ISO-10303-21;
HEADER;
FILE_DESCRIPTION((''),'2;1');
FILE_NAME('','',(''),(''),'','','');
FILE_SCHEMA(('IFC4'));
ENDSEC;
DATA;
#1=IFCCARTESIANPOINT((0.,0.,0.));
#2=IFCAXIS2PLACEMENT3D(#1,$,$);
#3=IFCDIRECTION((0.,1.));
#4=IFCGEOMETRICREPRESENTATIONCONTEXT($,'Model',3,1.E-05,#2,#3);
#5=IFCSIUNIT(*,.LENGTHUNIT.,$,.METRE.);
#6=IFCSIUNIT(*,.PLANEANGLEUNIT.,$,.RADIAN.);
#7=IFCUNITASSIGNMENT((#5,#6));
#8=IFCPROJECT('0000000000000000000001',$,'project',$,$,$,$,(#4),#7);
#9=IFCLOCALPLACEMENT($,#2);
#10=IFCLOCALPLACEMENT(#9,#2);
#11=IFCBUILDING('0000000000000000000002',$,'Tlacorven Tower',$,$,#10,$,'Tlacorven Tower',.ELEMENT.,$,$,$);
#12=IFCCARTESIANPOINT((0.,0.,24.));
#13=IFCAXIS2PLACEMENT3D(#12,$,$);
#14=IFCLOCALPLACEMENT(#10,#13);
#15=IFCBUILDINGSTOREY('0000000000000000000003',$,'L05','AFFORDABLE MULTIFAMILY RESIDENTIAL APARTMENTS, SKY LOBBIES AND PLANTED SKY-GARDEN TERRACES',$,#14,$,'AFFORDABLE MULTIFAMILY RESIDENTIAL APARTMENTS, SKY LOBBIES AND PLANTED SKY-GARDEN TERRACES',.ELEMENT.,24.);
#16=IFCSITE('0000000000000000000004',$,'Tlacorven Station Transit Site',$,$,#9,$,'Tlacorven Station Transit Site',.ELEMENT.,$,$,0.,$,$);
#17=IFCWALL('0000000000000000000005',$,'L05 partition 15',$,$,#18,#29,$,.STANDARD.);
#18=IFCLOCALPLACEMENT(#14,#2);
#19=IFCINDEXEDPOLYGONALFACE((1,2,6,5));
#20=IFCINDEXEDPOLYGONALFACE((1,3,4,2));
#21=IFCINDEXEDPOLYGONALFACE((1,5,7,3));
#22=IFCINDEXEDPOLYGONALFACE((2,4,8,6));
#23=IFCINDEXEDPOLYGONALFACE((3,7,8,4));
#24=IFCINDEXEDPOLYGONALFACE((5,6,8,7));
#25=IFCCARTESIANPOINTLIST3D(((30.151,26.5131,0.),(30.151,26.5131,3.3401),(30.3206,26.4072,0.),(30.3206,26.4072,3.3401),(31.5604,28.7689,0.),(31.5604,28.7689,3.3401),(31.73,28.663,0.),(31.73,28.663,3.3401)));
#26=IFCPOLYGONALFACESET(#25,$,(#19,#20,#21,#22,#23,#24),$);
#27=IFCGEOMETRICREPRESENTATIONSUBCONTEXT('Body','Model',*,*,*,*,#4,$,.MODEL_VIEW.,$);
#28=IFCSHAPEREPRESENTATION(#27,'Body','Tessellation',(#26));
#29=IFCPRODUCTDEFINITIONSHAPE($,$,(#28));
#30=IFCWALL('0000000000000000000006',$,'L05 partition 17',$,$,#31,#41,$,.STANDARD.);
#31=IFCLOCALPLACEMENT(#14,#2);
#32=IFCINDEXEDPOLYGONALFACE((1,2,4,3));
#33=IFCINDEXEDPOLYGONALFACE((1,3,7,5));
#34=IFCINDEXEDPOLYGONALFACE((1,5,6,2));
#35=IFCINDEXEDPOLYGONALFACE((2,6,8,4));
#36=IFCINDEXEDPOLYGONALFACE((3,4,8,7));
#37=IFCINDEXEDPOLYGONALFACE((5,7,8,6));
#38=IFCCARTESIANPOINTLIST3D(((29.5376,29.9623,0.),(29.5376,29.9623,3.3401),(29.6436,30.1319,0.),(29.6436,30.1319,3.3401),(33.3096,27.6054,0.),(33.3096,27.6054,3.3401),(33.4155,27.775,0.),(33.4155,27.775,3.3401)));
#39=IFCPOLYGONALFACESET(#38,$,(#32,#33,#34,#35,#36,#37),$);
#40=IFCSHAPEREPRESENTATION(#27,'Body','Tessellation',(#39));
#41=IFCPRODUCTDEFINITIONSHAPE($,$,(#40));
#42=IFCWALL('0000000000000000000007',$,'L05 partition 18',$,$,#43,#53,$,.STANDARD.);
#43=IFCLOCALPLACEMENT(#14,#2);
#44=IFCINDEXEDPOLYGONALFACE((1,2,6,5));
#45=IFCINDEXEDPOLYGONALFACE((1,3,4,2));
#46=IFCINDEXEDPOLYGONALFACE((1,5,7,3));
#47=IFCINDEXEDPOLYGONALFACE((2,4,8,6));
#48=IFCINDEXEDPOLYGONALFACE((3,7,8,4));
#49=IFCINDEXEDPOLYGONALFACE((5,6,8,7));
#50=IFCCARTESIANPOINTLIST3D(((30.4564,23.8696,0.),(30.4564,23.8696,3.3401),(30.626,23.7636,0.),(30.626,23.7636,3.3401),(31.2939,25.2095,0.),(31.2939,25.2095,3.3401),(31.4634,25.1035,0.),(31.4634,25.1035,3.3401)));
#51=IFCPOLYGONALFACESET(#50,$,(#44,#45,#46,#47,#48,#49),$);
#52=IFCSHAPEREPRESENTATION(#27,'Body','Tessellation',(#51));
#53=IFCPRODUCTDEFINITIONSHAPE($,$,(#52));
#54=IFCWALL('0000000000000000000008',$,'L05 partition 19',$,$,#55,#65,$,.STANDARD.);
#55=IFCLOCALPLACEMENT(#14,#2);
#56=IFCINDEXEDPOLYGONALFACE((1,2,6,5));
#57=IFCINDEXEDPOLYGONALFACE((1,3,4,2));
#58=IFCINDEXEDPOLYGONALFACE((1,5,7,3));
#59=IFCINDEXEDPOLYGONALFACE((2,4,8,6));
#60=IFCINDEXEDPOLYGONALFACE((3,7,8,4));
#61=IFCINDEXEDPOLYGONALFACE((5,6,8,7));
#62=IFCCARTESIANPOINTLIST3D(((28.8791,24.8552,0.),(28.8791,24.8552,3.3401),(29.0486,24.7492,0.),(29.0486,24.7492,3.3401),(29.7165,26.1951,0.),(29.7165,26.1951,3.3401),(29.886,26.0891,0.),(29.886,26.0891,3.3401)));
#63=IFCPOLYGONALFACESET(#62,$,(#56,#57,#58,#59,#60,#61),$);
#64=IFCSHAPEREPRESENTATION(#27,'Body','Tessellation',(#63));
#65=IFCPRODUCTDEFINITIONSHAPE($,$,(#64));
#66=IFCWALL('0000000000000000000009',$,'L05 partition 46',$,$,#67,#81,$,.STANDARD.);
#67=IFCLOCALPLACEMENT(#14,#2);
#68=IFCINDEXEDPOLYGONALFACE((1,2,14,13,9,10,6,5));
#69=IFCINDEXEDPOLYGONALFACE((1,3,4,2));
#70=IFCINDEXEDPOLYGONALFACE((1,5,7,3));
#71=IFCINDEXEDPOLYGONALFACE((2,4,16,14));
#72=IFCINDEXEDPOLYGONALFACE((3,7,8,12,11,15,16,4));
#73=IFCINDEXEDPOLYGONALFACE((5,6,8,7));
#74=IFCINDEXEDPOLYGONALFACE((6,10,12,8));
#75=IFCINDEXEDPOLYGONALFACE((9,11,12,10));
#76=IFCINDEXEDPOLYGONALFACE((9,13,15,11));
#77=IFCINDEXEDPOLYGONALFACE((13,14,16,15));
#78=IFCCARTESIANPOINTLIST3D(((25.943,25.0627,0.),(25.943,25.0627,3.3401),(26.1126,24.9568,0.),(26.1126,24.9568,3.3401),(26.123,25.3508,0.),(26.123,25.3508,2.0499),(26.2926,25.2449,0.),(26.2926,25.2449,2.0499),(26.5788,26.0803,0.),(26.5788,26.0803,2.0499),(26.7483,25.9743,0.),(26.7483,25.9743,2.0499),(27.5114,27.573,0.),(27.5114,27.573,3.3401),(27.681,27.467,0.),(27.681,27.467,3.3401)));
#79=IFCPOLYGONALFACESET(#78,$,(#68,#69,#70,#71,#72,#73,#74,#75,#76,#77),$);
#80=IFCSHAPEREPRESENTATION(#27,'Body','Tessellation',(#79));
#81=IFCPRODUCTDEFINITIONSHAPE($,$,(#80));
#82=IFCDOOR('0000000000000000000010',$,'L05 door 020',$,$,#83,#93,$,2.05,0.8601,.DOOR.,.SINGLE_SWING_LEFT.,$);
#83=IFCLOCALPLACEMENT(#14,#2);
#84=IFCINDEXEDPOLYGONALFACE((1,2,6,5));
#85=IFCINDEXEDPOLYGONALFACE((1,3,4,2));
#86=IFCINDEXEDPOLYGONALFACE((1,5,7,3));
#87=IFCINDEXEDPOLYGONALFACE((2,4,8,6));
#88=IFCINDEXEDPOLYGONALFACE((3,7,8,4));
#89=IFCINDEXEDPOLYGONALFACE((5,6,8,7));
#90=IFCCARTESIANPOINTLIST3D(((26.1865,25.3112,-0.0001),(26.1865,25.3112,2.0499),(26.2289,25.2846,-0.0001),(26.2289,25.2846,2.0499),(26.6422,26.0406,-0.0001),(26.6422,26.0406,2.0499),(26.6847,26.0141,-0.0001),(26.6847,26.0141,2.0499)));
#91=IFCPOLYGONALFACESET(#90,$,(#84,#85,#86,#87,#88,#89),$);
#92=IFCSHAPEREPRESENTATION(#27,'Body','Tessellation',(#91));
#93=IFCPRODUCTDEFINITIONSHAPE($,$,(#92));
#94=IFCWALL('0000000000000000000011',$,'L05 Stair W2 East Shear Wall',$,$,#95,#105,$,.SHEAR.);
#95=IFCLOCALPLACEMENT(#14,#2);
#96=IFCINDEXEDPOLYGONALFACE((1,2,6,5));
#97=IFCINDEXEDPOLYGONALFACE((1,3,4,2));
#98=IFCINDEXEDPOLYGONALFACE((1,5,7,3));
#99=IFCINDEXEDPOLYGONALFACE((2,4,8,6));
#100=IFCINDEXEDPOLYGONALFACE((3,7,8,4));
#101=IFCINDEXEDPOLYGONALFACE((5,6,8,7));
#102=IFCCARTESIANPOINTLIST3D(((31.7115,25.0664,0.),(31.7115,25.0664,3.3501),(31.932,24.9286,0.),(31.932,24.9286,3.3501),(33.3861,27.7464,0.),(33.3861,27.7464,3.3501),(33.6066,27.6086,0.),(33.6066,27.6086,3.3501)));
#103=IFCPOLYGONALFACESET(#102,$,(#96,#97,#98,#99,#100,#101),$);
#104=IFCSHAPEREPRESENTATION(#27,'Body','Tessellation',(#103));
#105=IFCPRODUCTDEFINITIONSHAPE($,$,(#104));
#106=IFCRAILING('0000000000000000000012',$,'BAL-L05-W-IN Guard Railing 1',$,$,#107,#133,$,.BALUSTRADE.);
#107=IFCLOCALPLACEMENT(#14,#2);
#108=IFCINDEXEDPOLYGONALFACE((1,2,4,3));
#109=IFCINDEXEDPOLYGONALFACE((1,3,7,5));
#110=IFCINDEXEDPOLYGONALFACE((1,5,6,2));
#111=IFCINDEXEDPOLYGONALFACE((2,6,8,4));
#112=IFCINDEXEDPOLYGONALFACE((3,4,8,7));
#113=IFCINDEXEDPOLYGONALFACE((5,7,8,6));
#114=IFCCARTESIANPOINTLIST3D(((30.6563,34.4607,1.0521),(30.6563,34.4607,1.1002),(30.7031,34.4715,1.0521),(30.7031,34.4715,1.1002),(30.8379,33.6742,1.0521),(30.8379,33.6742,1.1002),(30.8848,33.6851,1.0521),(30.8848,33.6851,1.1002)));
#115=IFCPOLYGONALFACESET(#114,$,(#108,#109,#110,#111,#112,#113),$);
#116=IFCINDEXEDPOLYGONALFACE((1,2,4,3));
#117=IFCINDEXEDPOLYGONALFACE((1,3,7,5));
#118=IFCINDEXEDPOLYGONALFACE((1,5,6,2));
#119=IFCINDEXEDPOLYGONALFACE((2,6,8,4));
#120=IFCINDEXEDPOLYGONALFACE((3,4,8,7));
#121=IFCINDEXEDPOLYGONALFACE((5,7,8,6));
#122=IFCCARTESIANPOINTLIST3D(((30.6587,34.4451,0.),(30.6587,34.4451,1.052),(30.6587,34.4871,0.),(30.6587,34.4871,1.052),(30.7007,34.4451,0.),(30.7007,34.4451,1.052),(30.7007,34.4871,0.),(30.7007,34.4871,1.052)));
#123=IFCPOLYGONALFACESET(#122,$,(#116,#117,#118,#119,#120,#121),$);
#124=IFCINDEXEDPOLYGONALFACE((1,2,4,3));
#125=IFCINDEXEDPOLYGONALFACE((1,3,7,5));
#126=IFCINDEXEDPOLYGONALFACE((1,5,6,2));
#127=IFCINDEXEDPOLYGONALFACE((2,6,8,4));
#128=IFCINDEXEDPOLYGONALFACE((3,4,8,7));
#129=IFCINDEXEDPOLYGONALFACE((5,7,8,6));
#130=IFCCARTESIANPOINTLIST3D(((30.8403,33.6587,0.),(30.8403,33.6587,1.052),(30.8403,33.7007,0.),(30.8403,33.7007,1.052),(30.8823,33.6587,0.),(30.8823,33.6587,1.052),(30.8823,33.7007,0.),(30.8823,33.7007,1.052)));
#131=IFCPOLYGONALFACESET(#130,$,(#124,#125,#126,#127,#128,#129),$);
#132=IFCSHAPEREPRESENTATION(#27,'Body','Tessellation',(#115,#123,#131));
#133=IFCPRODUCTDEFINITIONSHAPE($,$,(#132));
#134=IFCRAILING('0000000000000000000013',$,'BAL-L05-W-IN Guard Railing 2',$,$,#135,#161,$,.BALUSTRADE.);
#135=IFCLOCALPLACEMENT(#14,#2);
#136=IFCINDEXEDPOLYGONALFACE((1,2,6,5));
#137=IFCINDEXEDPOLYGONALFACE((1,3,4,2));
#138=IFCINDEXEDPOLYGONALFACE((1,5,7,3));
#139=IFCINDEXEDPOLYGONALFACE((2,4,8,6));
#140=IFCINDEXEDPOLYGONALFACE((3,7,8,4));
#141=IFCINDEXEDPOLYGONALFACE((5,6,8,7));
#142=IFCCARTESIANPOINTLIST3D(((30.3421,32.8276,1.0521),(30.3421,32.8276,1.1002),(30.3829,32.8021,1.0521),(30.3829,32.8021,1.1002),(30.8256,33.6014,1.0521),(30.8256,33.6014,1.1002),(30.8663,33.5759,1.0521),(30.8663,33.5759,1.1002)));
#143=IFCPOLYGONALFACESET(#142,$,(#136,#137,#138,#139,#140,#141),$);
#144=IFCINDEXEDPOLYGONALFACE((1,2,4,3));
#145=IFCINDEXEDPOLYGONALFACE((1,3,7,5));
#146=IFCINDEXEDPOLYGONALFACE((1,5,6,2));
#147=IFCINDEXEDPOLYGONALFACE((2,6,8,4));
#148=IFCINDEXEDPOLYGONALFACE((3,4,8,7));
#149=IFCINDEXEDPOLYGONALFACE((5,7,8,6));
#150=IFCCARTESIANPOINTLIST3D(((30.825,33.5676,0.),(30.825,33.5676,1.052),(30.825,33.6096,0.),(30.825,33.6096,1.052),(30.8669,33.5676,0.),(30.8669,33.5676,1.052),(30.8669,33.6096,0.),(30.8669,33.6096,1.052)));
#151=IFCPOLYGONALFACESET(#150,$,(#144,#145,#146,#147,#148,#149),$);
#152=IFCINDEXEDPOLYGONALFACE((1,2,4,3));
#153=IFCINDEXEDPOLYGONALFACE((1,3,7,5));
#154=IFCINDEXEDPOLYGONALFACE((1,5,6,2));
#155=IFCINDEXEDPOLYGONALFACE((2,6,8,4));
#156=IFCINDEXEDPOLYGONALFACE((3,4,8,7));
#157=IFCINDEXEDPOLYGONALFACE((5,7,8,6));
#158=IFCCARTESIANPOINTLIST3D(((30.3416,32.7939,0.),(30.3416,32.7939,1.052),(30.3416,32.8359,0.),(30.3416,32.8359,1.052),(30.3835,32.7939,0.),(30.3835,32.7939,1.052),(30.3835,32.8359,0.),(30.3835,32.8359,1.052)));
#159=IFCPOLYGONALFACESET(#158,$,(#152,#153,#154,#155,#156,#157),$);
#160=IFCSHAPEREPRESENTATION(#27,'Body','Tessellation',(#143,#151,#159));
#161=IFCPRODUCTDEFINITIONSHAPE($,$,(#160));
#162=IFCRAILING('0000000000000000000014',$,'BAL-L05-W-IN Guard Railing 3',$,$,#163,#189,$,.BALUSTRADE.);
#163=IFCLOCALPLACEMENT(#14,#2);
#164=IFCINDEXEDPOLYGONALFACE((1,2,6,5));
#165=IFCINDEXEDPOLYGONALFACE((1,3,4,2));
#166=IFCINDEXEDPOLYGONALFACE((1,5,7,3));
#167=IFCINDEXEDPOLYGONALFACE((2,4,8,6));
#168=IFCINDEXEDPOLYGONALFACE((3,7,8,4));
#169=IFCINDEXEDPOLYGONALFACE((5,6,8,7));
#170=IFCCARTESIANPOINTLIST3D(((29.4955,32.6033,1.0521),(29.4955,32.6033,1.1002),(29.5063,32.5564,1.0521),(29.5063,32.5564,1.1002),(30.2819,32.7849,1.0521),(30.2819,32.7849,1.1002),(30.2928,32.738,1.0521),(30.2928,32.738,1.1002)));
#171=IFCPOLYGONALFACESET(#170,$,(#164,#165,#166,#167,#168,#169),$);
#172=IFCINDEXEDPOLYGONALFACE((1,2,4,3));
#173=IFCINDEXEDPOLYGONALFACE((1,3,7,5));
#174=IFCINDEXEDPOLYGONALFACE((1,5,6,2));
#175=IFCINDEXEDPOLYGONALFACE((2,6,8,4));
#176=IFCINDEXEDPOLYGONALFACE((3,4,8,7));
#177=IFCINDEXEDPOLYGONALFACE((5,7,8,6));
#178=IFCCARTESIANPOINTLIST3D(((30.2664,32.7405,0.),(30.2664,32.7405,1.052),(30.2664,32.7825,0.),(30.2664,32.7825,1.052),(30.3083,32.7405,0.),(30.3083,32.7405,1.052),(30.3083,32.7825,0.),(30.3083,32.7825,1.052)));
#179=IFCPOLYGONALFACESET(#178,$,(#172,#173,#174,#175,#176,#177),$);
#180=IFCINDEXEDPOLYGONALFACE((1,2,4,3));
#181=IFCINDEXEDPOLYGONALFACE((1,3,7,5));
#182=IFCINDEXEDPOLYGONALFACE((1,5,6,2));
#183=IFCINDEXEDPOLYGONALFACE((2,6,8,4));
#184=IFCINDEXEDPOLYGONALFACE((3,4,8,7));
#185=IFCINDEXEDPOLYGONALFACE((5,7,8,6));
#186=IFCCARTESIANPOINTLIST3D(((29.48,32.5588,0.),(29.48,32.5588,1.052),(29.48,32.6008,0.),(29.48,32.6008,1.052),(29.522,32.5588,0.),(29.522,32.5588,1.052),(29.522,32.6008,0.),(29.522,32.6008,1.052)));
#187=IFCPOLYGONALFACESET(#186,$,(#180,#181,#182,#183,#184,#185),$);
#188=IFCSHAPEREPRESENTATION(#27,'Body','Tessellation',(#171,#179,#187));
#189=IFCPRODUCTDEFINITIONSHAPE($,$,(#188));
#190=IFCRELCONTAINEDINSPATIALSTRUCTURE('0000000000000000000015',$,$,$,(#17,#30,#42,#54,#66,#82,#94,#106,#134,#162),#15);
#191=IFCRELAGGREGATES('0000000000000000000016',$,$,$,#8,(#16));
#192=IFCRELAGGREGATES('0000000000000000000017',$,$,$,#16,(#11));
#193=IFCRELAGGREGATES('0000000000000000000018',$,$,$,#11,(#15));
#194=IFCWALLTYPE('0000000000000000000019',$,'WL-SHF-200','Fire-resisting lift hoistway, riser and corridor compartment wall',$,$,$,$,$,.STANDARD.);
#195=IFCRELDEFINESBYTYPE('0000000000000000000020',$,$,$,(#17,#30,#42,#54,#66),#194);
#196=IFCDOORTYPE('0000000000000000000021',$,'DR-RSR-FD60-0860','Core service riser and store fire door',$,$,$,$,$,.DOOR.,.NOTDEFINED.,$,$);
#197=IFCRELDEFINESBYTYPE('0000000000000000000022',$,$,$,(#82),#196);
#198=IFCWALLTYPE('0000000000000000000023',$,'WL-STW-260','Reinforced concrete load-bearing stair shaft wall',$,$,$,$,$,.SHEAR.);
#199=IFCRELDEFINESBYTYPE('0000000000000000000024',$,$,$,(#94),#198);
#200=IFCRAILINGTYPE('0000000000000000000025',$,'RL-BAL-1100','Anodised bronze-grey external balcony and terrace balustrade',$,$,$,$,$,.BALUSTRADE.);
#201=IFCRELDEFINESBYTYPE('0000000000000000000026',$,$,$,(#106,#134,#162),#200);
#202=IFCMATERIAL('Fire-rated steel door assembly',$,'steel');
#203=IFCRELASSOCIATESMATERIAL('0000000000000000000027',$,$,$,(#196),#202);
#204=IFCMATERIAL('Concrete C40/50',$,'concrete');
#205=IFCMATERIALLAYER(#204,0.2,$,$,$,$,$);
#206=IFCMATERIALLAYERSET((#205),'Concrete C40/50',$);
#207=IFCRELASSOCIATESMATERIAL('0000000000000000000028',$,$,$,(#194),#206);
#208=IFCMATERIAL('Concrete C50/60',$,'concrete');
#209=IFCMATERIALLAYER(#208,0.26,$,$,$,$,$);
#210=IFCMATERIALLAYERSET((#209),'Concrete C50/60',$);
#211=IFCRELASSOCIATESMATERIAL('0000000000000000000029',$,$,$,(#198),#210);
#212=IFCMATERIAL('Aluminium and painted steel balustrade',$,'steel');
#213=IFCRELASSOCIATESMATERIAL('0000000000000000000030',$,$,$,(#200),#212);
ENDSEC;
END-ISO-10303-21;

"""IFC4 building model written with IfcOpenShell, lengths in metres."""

from ifc_helpers import new_model, si_unit, direction, frame, frame_2d, origin, origin_2d, place, context, subcontext, project, spatial, rectangle, extrude, source, transform, mapped, material, layer, layer_set, type_object, element, fill, save


model = new_model("IFC4")

# Units and contexts
model_context = context("Model", 3, precision=1e-05, world=origin(), true_north=direction((0.0, 1.0)))
body_context = subcontext(model_context, "Body", "Model", "MODEL_VIEW")
ifc_project = project(units=[si_unit("LENGTHUNIT", "METRE"), si_unit("PLANEANGLEUNIT", "RADIAN")], contexts=[model_context])

# Site, building, storey
site_placement = place(None, origin())
site = spatial("IfcSite", under=ifc_project, at=site_placement, Name="Tlacorven Station Transit Site", LongName="Tlacorven Station Transit Site", CompositionType="ELEMENT", RefElevation=0.0)
building_placement = place(site_placement, origin())
building = spatial("IfcBuilding", under=site, at=building_placement, Name="Tlacorven Tower", LongName="Tlacorven Tower", CompositionType="ELEMENT")
storey_placement = place(building_placement, frame((0.0, 0.0, 24.0)))
storey = spatial("IfcBuildingStorey", under=building, at=storey_placement, Name="L05", Description="AFFORDABLE MULTIFAMILY RESIDENTIAL APARTMENTS, SKY LOBBIES AND PLANTED SKY-GARDEN TERRACES", LongName="AFFORDABLE MULTIFAMILY RESIDENTIAL APARTMENTS, SKY LOBBIES AND PLANTED SKY-GARDEN TERRACES", CompositionType="ELEMENT", Elevation=24.0)

# Shared definitions
ifc_material_1 = material(Name="Fire-rated steel door assembly", Category="steel")
door_type_1 = type_object("IfcDoorType", Name="DR-RSR-FD60-0860", Description="Core service riser and store fire door", OperationType="NOTDEFINED", PredefinedType="DOOR", material=ifc_material_1)
shared_shape_1 = source(origin(), body_context, "Body", "SweptSolid", [
    extrude(rectangle(XDim=0.8601, YDim=2.05, at=frame_2d((0.4302, 1.0249))), frame((0.0, 0.0249, 0.0), z_axis=(0.0, -1.0, 0.0), x_axis=(1.0, 0.0, 0.0)), (0.0, 0.0, 1.0), 0.05),
])

# Walls
ifc_material_2 = material(Name="Concrete C40/50", Category="concrete")
ifc_layer_1 = layer(ifc_material_2, 0.2)
ifc_layer_set_1 = layer_set([ifc_layer_1], Name="Concrete C40/50")
wall_type_1 = type_object("IfcWallType", Name="WL-SHF-200", Description="Fire-resisting lift hoistway, riser and corridor compartment wall", PredefinedType="STANDARD", material=ifc_layer_set_1)
wall_1_placement = place(storey_placement, frame((31.6453, 28.7161, 0.0), z_axis=(0.0, 0.0, 1.0), x_axis=(-0.529867, -0.848081, 0.0)))
element("IfcWall", 1, at=wall_1_placement, inside=storey, type_object=wall_type_1, Name="L05 partition 15", PredefinedType="STANDARD", context=body_context, shape_type="SweptSolid", body=[
    extrude(rectangle(XDim=2.6599, YDim=0.2, at=frame_2d((1.3301, 0.0))), origin(), (0.0, 0.0, 1.0), 3.3401),
])
wall_2_placement = place(storey_placement, frame((33.3625, 27.6902, 0.0), z_axis=(0.0, 0.0, 1.0), x_axis=(-0.848054, 0.52991, 0.0)))
element("IfcWall", 2, at=wall_2_placement, inside=storey, type_object=wall_type_1, Name="L05 partition 17", PredefinedType="STANDARD", context=body_context, shape_type="SweptSolid", body=[
    extrude(rectangle(XDim=4.4478, YDim=0.2, at=frame_2d((2.2239, 0.0))), origin(), (0.0, 0.0, 1.0), 3.3401),
])
for number, where, z_axis, x_axis, name in (
    (3, (31.3787, 25.1565, 0.0), (0.0, 0.0, 1.0), (-0.529999, -0.847998, 0.0), "L05 partition 18"),
    (4, (29.8013, 26.1421, 0.0), (0.0, 0.0, 1.0), (-0.529999, -0.847998, 0.0), "L05 partition 19"),
):
    element("IfcWall", number, at=place(storey_placement, frame(where, z_axis=z_axis, x_axis=x_axis)), inside=storey, type_object=wall_type_1, Name=name, PredefinedType="STANDARD", context=body_context, shape_type="SweptSolid", body=[
        extrude(rectangle(XDim=1.5801, YDim=0.2, at=frame_2d((0.79, 0.0))), origin(), (0.0, 0.0, 1.0), 3.3401),
    ])

# Wall, opening, door
wall_3_placement = place(storey_placement, frame((27.5962, 27.52, 0.0), z_axis=(0.0, 0.0, 1.0), x_axis=(-0.529865, -0.848082, 0.0)))
wall_3 = element("IfcWall", 5, at=wall_3_placement, inside=storey, type_object=wall_type_1, Name="L05 partition 46", PredefinedType="STANDARD", context=body_context, shape_type="SweptSolid", body=[
    extrude(rectangle(XDim=2.96, YDim=0.2, at=frame_2d((1.48, 0.0))), origin(), (0.0, 0.0, 1.0), 3.3401),
])
opening_1_placement = place(wall_3_placement, frame((1.76, 0.0, 0.0)))
opening_1 = element("IfcOpeningElement", 6, at=opening_1_placement, cuts=wall_3, PredefinedType="OPENING", context=body_context, shape_type="SweptSolid", body=[
    extrude(rectangle(XDim=0.8601, YDim=2.05, at=frame_2d((0.4302, 1.0249))), frame((0.0, 0.1099, 0.0), z_axis=(0.0, -1.0, 0.0), x_axis=(1.0, 0.0, 0.0)), (0.0, 0.0, 1.0), 0.22),
])
door_1_placement = place(opening_1_placement, origin())
door_1 = element("IfcDoor", 7, at=door_1_placement, inside=storey, type_object=door_type_1, Name="L05 door 020", OperationType="SINGLE_SWING_LEFT", OverallHeight=2.05, OverallWidth=0.8601, PredefinedType="DOOR", context=body_context, shape_type="MappedRepresentation", body=[
    mapped(shared_shape_1, transform((0.0, 0.0, 0.0), scale=1.0)),
])
fill(opening_1, door_1)

# Wall
ifc_material_3 = material(Name="Concrete C50/60", Category="concrete")
ifc_layer_2 = layer(ifc_material_3, 0.26)
ifc_layer_set_2 = layer_set([ifc_layer_2], Name="Concrete C50/60")
wall_type_2 = type_object("IfcWallType", Name="WL-STW-260", Description="Reinforced concrete load-bearing stair shaft wall", PredefinedType="SHEAR", material=ifc_layer_set_2)
wall_4_placement = place(storey_placement, frame((33.4963, 27.6775, 0.0), z_axis=(0.0, 0.0, 1.0), x_axis=(-0.529909, -0.848055, 0.0)))
element("IfcWall", 8, at=wall_4_placement, inside=storey, type_object=wall_type_2, Name="L05 Stair W2 East Shear Wall", PredefinedType="SHEAR", context=body_context, shape_type="SweptSolid", body=[
    extrude(rectangle(XDim=3.1602, YDim=0.26, at=frame_2d((1.5801, 0.0))), origin(), (0.0, 0.0, 1.0), 3.3501),
])

# Railings
ifc_material_4 = material(Name="Aluminium and painted steel balustrade", Category="steel")
railing_type = type_object("IfcRailingType", Name="RL-BAL-1100", Description="Anodised bronze-grey external balcony and terrace balustrade", PredefinedType="BALUSTRADE", material=ifc_material_4)
shared_shape_2 = source(origin(), body_context, "Body", "SweptSolid", [
    extrude(rectangle(XDim=0.0481, YDim=0.0481, at=origin_2d()), frame((0.0, 0.0, 1.0762), z_axis=(0.225058, -0.974345, 0.0), x_axis=(0.974345, 0.225058, 0.0)), (0.0, 0.0, 1.0), 0.8071),
    extrude(rectangle(XDim=0.042, YDim=0.042, at=origin_2d()), origin(), (0.0, 0.0, 1.0), 1.052),
    extrude(rectangle(XDim=0.042, YDim=0.042, at=origin_2d()), frame((0.1816, -0.7864, 0.0)), (0.0, 0.0, 1.0), 1.052),
])
railing_1_placement = place(storey_placement, frame((30.6797, 34.4661, 0.0)))
element("IfcRailing", 9, at=railing_1_placement, inside=storey, type_object=railing_type, Name="BAL-L05-W-IN Guard Railing 1", PredefinedType="BALUSTRADE", context=body_context, shape_type="MappedRepresentation", body=[
    mapped(shared_shape_2, transform((0.0, 0.0, 0.0), scale=1.0)),
])
shared_shape_3 = source(origin(), body_context, "Body", "SweptSolid", [
    extrude(rectangle(XDim=0.0481, YDim=0.0481, at=origin_2d()), frame((0.0, 0.0, 1.0762), z_axis=(-0.529879, -0.848073, 0.0), x_axis=(0.848073, -0.529879, 0.0)), (0.0, 0.0, 1.0), 0.9124),
    extrude(rectangle(XDim=0.042, YDim=0.042, at=origin_2d()), origin(), (0.0, 0.0, 1.0), 1.052),
    extrude(rectangle(XDim=0.042, YDim=0.042, at=origin_2d()), frame((-0.4834, -0.7737, 0.0)), (0.0, 0.0, 1.0), 1.052),
])
railing_2_placement = place(storey_placement, frame((30.8459, 33.5886, 0.0)))
element("IfcRailing", 10, at=railing_2_placement, inside=storey, type_object=railing_type, Name="BAL-L05-W-IN Guard Railing 2", PredefinedType="BALUSTRADE", context=body_context, shape_type="MappedRepresentation", body=[
    mapped(shared_shape_3, transform((0.0, 0.0, 0.0), scale=1.0)),
])
shared_shape_4 = source(origin(), body_context, "Body", "SweptSolid", [
    extrude(rectangle(XDim=0.0481, YDim=0.0481, at=origin_2d()), frame((0.0, 0.0, 1.0762), z_axis=(-0.974345, -0.225058, 0.0), x_axis=(0.225058, -0.974345, 0.0)), (0.0, 0.0, 1.0), 0.8071),
    extrude(rectangle(XDim=0.042, YDim=0.042, at=origin_2d()), origin(), (0.0, 0.0, 1.0), 1.052),
    extrude(rectangle(XDim=0.042, YDim=0.042, at=origin_2d()), frame((-0.7864, -0.1816, 0.0)), (0.0, 0.0, 1.0), 1.052),
])
railing_3_placement = place(storey_placement, frame((30.2874, 32.7615, 0.0)))
element("IfcRailing", 11, at=railing_3_placement, inside=storey, type_object=railing_type, Name="BAL-L05-W-IN Guard Railing 3", PredefinedType="BALUSTRADE", context=body_context, shape_type="MappedRepresentation", body=[
    mapped(shared_shape_4, transform((0.0, 0.0, 0.0), scale=1.0)),
])

save(model, "model.ifc")
